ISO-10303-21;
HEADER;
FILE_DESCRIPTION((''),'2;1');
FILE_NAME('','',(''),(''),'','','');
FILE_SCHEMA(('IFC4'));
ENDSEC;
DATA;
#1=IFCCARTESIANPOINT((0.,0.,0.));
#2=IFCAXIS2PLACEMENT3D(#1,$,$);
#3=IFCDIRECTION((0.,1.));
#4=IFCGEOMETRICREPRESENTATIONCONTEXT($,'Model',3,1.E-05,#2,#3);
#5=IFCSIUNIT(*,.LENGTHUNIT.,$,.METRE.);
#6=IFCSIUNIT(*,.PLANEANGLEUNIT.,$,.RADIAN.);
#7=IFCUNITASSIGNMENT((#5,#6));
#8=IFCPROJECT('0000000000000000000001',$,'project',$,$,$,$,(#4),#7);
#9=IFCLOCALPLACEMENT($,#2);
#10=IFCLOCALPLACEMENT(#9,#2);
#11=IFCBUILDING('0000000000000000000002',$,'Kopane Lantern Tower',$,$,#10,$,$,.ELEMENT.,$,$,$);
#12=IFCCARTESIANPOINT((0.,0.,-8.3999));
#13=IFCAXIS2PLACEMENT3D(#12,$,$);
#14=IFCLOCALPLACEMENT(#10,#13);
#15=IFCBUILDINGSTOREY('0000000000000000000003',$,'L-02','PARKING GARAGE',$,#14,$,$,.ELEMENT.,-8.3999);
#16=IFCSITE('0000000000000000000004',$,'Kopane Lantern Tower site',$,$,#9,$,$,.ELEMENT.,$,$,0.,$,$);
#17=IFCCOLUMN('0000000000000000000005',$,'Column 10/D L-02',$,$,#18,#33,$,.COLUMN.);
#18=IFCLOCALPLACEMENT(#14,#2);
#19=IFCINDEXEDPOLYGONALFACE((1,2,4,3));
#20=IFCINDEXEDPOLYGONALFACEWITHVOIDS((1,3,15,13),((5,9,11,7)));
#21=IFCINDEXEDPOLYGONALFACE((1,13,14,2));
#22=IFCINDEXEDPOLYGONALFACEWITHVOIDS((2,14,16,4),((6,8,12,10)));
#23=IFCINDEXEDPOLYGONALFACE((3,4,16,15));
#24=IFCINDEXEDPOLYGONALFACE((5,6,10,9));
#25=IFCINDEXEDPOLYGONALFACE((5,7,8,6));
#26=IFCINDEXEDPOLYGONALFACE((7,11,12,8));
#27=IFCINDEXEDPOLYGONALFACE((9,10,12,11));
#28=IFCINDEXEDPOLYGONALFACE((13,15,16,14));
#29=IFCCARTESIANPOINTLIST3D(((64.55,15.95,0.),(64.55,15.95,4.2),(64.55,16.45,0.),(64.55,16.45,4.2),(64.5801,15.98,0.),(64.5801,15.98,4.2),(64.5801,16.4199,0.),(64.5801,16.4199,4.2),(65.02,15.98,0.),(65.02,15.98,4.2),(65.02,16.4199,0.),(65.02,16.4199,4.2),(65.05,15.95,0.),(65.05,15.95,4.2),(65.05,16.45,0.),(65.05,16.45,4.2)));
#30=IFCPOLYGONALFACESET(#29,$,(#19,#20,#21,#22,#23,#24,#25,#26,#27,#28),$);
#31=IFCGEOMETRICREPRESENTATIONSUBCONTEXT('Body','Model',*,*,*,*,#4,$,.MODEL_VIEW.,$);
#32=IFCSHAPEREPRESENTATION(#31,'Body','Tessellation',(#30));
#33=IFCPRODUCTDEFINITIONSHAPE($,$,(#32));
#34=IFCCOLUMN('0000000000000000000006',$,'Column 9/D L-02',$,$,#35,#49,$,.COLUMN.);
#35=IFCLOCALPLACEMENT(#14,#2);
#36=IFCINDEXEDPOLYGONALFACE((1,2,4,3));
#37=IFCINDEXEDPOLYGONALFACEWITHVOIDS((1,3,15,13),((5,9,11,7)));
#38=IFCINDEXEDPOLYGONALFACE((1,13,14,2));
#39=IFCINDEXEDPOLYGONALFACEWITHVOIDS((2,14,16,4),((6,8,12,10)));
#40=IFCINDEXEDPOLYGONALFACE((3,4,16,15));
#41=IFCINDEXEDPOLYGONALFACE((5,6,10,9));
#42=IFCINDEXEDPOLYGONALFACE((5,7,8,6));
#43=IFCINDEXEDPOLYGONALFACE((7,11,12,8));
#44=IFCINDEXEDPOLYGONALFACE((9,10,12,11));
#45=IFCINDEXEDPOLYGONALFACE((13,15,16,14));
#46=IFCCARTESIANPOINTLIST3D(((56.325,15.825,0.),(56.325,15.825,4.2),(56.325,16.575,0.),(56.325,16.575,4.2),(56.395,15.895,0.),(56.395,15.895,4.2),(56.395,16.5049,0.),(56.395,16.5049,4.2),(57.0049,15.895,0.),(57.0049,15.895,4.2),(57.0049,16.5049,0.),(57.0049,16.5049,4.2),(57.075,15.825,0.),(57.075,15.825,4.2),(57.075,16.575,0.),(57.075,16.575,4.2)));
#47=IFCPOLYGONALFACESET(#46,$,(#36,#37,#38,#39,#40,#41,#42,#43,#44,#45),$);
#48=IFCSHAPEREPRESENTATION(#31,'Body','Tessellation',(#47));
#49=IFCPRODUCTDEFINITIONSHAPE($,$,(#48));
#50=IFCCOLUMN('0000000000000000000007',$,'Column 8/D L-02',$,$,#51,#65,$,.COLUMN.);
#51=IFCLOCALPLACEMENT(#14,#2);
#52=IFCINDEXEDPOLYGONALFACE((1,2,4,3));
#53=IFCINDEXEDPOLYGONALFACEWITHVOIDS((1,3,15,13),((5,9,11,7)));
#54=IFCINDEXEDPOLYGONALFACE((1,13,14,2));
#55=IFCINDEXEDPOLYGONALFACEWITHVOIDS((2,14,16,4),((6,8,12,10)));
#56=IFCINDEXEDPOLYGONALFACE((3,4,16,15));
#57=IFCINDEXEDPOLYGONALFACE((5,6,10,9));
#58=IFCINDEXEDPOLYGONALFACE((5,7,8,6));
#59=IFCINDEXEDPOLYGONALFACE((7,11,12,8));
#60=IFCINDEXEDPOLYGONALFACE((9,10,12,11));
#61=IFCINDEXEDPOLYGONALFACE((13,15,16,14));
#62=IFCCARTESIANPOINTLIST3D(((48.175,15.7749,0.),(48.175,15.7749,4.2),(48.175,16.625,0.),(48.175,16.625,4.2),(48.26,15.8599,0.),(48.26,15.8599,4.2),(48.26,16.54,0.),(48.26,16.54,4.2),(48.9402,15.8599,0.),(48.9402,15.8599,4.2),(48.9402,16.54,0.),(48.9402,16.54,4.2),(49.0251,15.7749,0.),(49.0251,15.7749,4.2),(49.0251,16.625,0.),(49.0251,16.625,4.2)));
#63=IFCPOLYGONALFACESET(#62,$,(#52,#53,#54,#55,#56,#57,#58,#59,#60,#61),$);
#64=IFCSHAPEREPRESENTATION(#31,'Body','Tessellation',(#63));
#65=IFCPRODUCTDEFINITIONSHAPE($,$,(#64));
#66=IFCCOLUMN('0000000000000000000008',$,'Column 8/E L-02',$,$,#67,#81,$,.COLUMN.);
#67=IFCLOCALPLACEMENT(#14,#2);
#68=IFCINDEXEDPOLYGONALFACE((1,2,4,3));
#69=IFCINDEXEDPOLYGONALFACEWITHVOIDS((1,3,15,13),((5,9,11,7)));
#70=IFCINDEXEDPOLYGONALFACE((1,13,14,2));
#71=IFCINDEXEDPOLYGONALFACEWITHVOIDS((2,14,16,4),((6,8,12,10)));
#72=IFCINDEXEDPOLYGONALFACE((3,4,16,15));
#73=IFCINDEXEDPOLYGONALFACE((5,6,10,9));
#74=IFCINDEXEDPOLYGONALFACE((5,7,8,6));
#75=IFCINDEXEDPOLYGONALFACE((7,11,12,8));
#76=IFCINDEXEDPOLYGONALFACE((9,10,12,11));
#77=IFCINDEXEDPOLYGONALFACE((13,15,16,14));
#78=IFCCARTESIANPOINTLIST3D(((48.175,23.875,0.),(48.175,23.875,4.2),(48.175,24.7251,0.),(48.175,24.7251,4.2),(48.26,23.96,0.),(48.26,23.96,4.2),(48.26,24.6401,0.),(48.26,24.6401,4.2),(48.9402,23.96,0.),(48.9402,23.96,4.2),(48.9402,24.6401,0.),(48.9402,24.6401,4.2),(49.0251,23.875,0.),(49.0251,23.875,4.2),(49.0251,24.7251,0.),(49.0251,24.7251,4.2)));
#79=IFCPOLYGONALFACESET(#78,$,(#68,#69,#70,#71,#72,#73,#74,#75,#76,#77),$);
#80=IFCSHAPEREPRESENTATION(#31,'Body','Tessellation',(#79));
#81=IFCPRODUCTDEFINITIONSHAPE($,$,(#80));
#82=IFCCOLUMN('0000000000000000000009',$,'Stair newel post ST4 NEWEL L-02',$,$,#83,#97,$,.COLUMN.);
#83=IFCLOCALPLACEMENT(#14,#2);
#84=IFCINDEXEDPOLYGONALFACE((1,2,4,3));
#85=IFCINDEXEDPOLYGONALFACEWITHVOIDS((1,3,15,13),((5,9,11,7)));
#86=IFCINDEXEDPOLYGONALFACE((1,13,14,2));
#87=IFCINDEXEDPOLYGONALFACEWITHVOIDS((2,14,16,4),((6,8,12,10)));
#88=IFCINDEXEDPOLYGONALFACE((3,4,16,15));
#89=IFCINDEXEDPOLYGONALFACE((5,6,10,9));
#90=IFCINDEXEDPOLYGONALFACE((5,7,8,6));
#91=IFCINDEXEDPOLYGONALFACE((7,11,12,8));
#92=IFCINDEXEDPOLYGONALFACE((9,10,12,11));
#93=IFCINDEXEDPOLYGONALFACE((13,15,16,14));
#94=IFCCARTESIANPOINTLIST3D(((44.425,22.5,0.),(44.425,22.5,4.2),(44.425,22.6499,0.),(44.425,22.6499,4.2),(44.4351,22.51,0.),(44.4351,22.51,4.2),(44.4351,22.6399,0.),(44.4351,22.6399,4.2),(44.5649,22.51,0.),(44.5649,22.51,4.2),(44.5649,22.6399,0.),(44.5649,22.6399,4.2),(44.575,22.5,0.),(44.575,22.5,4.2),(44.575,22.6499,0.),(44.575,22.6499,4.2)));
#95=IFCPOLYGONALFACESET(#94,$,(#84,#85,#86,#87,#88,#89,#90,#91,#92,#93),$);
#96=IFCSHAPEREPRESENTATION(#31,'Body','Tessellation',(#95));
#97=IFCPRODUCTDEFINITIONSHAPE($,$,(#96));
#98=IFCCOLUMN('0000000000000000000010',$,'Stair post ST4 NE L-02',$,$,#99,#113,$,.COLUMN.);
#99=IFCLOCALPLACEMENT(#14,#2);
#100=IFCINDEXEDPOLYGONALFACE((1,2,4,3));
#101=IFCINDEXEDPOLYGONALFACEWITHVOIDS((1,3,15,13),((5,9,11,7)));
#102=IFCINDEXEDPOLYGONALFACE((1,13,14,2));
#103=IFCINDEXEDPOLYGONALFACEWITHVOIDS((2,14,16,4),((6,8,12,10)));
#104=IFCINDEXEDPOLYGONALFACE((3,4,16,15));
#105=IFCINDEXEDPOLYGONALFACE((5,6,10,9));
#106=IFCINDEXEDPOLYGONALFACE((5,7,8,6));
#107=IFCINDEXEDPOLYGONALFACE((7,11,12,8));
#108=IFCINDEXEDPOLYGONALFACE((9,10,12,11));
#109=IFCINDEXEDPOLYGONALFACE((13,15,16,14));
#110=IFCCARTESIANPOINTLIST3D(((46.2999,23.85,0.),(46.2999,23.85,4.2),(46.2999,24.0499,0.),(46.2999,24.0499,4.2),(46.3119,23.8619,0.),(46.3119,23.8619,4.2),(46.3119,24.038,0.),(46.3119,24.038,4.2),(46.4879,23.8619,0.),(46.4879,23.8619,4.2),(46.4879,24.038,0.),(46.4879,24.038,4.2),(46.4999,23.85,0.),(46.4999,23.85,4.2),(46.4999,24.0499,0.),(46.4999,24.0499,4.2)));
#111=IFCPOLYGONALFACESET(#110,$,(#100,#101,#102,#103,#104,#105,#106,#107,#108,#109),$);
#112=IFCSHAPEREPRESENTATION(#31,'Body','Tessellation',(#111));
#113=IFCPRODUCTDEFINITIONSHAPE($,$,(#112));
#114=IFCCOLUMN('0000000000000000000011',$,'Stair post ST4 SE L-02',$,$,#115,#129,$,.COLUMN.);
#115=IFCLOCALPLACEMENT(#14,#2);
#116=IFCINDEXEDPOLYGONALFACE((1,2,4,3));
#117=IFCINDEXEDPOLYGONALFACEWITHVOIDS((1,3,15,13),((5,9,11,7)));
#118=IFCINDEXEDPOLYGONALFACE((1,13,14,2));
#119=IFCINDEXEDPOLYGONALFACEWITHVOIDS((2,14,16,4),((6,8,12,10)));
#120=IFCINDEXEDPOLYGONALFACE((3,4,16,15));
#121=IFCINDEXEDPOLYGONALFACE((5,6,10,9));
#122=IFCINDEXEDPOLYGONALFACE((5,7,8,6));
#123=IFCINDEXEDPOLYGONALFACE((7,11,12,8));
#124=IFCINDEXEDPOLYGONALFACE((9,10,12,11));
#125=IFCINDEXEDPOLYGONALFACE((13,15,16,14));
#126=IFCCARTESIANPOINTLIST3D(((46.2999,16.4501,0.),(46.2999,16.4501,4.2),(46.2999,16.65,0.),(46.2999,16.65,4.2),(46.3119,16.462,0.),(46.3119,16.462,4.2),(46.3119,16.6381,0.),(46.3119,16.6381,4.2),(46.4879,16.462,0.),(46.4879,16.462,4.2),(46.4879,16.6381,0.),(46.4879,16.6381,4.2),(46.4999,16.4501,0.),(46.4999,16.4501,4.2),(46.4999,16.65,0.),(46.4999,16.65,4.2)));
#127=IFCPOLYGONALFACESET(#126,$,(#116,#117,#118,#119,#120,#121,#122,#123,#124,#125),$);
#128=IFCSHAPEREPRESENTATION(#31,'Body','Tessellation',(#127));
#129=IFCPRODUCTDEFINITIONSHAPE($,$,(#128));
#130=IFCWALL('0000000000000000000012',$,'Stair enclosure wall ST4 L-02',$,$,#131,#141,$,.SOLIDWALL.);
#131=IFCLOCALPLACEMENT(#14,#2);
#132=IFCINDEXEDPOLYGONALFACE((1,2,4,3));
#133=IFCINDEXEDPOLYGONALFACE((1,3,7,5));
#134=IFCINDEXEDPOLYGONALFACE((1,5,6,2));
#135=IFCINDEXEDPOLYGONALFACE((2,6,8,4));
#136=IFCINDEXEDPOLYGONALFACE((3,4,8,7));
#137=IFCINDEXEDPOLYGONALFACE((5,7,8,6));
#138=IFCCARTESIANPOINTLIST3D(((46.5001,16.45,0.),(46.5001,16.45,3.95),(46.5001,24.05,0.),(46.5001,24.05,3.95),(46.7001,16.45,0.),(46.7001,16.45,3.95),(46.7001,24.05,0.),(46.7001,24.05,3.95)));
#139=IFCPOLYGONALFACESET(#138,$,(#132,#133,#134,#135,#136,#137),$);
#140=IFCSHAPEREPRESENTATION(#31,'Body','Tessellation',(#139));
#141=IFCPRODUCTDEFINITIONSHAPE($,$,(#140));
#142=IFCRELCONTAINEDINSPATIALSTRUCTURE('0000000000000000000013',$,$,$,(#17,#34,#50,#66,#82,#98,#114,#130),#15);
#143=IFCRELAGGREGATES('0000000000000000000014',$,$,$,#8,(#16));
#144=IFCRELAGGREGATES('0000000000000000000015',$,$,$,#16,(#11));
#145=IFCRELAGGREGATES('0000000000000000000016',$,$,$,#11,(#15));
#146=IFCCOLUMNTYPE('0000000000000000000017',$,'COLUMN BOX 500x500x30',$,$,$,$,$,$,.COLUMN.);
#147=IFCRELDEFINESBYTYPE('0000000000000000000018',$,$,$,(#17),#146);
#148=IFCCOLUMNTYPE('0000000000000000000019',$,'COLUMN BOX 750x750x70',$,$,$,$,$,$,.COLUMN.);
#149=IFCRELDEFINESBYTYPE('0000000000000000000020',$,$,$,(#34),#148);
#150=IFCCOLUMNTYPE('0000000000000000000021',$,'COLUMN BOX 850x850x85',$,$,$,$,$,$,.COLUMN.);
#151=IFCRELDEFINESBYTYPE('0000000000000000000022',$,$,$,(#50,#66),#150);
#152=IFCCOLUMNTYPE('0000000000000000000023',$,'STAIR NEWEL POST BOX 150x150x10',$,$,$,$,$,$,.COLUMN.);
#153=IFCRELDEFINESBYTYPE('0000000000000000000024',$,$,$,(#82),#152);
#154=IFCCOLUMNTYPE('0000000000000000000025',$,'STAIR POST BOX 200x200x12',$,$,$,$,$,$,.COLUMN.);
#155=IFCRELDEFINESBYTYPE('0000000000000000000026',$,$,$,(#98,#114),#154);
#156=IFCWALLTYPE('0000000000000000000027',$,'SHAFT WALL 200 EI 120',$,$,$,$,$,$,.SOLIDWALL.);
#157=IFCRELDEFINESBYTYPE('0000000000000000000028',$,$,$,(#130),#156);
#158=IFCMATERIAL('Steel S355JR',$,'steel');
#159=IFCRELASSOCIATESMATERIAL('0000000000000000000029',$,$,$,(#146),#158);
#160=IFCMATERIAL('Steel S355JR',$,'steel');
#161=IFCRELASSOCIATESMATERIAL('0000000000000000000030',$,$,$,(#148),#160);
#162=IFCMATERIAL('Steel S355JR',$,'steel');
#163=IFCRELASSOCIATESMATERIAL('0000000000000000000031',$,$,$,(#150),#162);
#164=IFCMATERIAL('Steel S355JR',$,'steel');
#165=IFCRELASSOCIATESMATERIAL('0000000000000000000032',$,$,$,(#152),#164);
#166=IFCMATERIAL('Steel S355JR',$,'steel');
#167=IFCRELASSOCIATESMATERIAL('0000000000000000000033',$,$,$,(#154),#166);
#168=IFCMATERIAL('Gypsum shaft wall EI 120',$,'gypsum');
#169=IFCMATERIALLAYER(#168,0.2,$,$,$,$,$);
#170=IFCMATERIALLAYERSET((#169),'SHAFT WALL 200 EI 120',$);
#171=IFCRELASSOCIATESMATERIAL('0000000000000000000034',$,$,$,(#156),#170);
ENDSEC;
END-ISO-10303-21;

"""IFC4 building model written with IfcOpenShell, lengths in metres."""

from ifc_helpers import new_model, si_unit, direction, frame, frame_2d, origin, origin_2d, place, context, subcontext, project, spatial, rectangle, hollow_rectangle, extrude, material, layer, layer_set, material_profile, profile_set, type_object, element, save


model = new_model("IFC4")

# Units and contexts
model_context = context("Model", 3, precision=1e-05, world=origin(), true_north=direction((0.0, 1.0)))
body_context = subcontext(model_context, "Body", "Model", "MODEL_VIEW")
ifc_project = project(units=[si_unit("LENGTHUNIT", "METRE"), si_unit("PLANEANGLEUNIT", "RADIAN")], contexts=[model_context])

# Site, building, storey
site_placement = place(None, origin())
site = spatial("IfcSite", under=ifc_project, at=site_placement, Name="Kopane Lantern Tower site", CompositionType="ELEMENT", RefElevation=0.0)
building_placement = place(site_placement, origin())
building = spatial("IfcBuilding", under=site, at=building_placement, Name="Kopane Lantern Tower", CompositionType="ELEMENT")
storey_placement = place(building_placement, frame((0.0, 0.0, -8.3999)))
storey = spatial("IfcBuildingStorey", under=building, at=storey_placement, Name="L-02", Description="PARKING GARAGE", CompositionType="ELEMENT", Elevation=-8.3999)

# Columns
ifc_material_1 = material(Name="Steel S355JR", Category="steel")
ifc_material_profile_1 = material_profile(ifc_material_1, hollow_rectangle(XDim=0.5, YDim=0.5, WallThickness=0.03, at=origin_2d()), Name="BOX 500x500x30")
ifc_profile_set_1 = profile_set([ifc_material_profile_1], Name="Steel S355JR")
column_type_1 = type_object("IfcColumnType", Name="COLUMN BOX 500x500x30", PredefinedType="COLUMN", material=ifc_profile_set_1)
column_1_placement = place(storey_placement, frame((64.8, 16.2, 0.0), z_axis=(0.0, 0.0, 1.0), x_axis=(1.0, 0.0, 0.0)))
element("IfcColumn", 1, at=column_1_placement, inside=storey, type_object=column_type_1, Name="Column 10/D L-02", PredefinedType="COLUMN", context=body_context, shape_type="SweptSolid", body=[
    extrude(hollow_rectangle(XDim=0.5, YDim=0.5, WallThickness=0.03, at=origin_2d()), origin(), (0.0, 0.0, 1.0), 4.2),
])
ifc_material_2 = material(Name="Steel S355JR", Category="steel")
ifc_material_profile_2 = material_profile(ifc_material_2, hollow_rectangle(XDim=0.75, YDim=0.75, WallThickness=0.0701, at=origin_2d()), Name="BOX 750x750x70")
ifc_profile_set_2 = profile_set([ifc_material_profile_2], Name="Steel S355JR")
column_type_2 = type_object("IfcColumnType", Name="COLUMN BOX 750x750x70", PredefinedType="COLUMN", material=ifc_profile_set_2)
column_2_placement = place(storey_placement, frame((56.7, 16.2, 0.0), z_axis=(0.0, 0.0, 1.0), x_axis=(1.0, 0.0, 0.0)))
element("IfcColumn", 2, at=column_2_placement, inside=storey, type_object=column_type_2, Name="Column 9/D L-02", PredefinedType="COLUMN", context=body_context, shape_type="SweptSolid", body=[
    extrude(hollow_rectangle(XDim=0.75, YDim=0.75, WallThickness=0.0701, at=origin_2d()), origin(), (0.0, 0.0, 1.0), 4.2),
])
ifc_material_3 = material(Name="Steel S355JR", Category="steel")
ifc_material_profile_3 = material_profile(ifc_material_3, hollow_rectangle(XDim=0.8501, YDim=0.8501, WallThickness=0.085, at=origin_2d()), Name="BOX 850x850x85")
ifc_profile_set_3 = profile_set([ifc_material_profile_3], Name="Steel S355JR")
column_type_3 = type_object("IfcColumnType", Name="COLUMN BOX 850x850x85", PredefinedType="COLUMN", material=ifc_profile_set_3)
for number, where, z_axis, x_axis, name in (
    (3, (48.6001, 16.2, 0.0), (0.0, 0.0, 1.0), (1.0, 0.0, 0.0), "Column 8/D L-02"),
    (4, (48.6001, 24.3, 0.0), (0.0, 0.0, 1.0), (1.0, 0.0, 0.0), "Column 8/E L-02"),
):
    element("IfcColumn", number, at=place(storey_placement, frame(where, z_axis=z_axis, x_axis=x_axis)), inside=storey, type_object=column_type_3, Name=name, PredefinedType="COLUMN", context=body_context, shape_type="SweptSolid", body=[
        extrude(hollow_rectangle(XDim=0.8501, YDim=0.8501, WallThickness=0.085, at=origin_2d()), origin(), (0.0, 0.0, 1.0), 4.2),
    ])
ifc_material_4 = material(Name="Steel S355JR", Category="steel")
ifc_material_profile_4 = material_profile(ifc_material_4, hollow_rectangle(XDim=0.1499, YDim=0.1499, WallThickness=0.01, at=origin_2d()), Name="BOX 150x150x10")
ifc_profile_set_4 = profile_set([ifc_material_profile_4], Name="Steel S355JR")
column_type_4 = type_object("IfcColumnType", Name="STAIR NEWEL POST BOX 150x150x10", PredefinedType="COLUMN", material=ifc_profile_set_4)
column_3_placement = place(storey_placement, frame((44.5, 22.575, 0.0), z_axis=(0.0, 0.0, 1.0), x_axis=(1.0, 0.0, 0.0)))
element("IfcColumn", 5, at=column_3_placement, inside=storey, type_object=column_type_4, Name="Stair newel post ST4 NEWEL L-02", PredefinedType="COLUMN", context=body_context, shape_type="SweptSolid", body=[
    extrude(hollow_rectangle(XDim=0.1499, YDim=0.1499, WallThickness=0.01, at=origin_2d()), origin(), (0.0, 0.0, 1.0), 4.2),
])
ifc_material_5 = material(Name="Steel S355JR", Category="steel")
ifc_material_profile_5 = material_profile(ifc_material_5, hollow_rectangle(XDim=0.2, YDim=0.2, WallThickness=0.012, at=origin_2d()), Name="BOX 200x200x12")
ifc_profile_set_5 = profile_set([ifc_material_profile_5], Name="Steel S355JR")
column_type_5 = type_object("IfcColumnType", Name="STAIR POST BOX 200x200x12", PredefinedType="COLUMN", material=ifc_profile_set_5)
for number, where, z_axis, x_axis, name in (
    (6, (46.3999, 23.95, 0.0), (0.0, 0.0, 1.0), (1.0, 0.0, 0.0), "Stair post ST4 NE L-02"),
    (7, (46.3999, 16.55, 0.0), (0.0, 0.0, 1.0), (1.0, 0.0, 0.0), "Stair post ST4 SE L-02"),
):
    element("IfcColumn", number, at=place(storey_placement, frame(where, z_axis=z_axis, x_axis=x_axis)), inside=storey, type_object=column_type_5, Name=name, PredefinedType="COLUMN", context=body_context, shape_type="SweptSolid", body=[
        extrude(hollow_rectangle(XDim=0.2, YDim=0.2, WallThickness=0.012, at=origin_2d()), origin(), (0.0, 0.0, 1.0), 4.2),
    ])

# Wall
ifc_material_6 = material(Name="Gypsum shaft wall EI 120", Category="gypsum")
ifc_layer = layer(ifc_material_6, 0.2)
ifc_layer_set = layer_set([ifc_layer], Name="SHAFT WALL 200 EI 120")
wall_type = type_object("IfcWallType", Name="SHAFT WALL 200 EI 120", PredefinedType="SOLIDWALL", material=ifc_layer_set)
wall_placement = place(storey_placement, frame((46.6001, 16.45, 0.0), z_axis=(0.0, 0.0, 1.0), x_axis=(0.0, 1.0, 0.0)))
element("IfcWall", 8, at=wall_placement, inside=storey, type_object=wall_type, Name="Stair enclosure wall ST4 L-02", PredefinedType="SOLIDWALL", context=body_context, shape_type="SweptSolid", body=[
    extrude(rectangle(XDim=7.6001, YDim=0.2, at=frame_2d((3.8, 0.0))), origin(), (0.0, 0.0, 1.0), 3.95),
])

save(model, "model.ifc")
